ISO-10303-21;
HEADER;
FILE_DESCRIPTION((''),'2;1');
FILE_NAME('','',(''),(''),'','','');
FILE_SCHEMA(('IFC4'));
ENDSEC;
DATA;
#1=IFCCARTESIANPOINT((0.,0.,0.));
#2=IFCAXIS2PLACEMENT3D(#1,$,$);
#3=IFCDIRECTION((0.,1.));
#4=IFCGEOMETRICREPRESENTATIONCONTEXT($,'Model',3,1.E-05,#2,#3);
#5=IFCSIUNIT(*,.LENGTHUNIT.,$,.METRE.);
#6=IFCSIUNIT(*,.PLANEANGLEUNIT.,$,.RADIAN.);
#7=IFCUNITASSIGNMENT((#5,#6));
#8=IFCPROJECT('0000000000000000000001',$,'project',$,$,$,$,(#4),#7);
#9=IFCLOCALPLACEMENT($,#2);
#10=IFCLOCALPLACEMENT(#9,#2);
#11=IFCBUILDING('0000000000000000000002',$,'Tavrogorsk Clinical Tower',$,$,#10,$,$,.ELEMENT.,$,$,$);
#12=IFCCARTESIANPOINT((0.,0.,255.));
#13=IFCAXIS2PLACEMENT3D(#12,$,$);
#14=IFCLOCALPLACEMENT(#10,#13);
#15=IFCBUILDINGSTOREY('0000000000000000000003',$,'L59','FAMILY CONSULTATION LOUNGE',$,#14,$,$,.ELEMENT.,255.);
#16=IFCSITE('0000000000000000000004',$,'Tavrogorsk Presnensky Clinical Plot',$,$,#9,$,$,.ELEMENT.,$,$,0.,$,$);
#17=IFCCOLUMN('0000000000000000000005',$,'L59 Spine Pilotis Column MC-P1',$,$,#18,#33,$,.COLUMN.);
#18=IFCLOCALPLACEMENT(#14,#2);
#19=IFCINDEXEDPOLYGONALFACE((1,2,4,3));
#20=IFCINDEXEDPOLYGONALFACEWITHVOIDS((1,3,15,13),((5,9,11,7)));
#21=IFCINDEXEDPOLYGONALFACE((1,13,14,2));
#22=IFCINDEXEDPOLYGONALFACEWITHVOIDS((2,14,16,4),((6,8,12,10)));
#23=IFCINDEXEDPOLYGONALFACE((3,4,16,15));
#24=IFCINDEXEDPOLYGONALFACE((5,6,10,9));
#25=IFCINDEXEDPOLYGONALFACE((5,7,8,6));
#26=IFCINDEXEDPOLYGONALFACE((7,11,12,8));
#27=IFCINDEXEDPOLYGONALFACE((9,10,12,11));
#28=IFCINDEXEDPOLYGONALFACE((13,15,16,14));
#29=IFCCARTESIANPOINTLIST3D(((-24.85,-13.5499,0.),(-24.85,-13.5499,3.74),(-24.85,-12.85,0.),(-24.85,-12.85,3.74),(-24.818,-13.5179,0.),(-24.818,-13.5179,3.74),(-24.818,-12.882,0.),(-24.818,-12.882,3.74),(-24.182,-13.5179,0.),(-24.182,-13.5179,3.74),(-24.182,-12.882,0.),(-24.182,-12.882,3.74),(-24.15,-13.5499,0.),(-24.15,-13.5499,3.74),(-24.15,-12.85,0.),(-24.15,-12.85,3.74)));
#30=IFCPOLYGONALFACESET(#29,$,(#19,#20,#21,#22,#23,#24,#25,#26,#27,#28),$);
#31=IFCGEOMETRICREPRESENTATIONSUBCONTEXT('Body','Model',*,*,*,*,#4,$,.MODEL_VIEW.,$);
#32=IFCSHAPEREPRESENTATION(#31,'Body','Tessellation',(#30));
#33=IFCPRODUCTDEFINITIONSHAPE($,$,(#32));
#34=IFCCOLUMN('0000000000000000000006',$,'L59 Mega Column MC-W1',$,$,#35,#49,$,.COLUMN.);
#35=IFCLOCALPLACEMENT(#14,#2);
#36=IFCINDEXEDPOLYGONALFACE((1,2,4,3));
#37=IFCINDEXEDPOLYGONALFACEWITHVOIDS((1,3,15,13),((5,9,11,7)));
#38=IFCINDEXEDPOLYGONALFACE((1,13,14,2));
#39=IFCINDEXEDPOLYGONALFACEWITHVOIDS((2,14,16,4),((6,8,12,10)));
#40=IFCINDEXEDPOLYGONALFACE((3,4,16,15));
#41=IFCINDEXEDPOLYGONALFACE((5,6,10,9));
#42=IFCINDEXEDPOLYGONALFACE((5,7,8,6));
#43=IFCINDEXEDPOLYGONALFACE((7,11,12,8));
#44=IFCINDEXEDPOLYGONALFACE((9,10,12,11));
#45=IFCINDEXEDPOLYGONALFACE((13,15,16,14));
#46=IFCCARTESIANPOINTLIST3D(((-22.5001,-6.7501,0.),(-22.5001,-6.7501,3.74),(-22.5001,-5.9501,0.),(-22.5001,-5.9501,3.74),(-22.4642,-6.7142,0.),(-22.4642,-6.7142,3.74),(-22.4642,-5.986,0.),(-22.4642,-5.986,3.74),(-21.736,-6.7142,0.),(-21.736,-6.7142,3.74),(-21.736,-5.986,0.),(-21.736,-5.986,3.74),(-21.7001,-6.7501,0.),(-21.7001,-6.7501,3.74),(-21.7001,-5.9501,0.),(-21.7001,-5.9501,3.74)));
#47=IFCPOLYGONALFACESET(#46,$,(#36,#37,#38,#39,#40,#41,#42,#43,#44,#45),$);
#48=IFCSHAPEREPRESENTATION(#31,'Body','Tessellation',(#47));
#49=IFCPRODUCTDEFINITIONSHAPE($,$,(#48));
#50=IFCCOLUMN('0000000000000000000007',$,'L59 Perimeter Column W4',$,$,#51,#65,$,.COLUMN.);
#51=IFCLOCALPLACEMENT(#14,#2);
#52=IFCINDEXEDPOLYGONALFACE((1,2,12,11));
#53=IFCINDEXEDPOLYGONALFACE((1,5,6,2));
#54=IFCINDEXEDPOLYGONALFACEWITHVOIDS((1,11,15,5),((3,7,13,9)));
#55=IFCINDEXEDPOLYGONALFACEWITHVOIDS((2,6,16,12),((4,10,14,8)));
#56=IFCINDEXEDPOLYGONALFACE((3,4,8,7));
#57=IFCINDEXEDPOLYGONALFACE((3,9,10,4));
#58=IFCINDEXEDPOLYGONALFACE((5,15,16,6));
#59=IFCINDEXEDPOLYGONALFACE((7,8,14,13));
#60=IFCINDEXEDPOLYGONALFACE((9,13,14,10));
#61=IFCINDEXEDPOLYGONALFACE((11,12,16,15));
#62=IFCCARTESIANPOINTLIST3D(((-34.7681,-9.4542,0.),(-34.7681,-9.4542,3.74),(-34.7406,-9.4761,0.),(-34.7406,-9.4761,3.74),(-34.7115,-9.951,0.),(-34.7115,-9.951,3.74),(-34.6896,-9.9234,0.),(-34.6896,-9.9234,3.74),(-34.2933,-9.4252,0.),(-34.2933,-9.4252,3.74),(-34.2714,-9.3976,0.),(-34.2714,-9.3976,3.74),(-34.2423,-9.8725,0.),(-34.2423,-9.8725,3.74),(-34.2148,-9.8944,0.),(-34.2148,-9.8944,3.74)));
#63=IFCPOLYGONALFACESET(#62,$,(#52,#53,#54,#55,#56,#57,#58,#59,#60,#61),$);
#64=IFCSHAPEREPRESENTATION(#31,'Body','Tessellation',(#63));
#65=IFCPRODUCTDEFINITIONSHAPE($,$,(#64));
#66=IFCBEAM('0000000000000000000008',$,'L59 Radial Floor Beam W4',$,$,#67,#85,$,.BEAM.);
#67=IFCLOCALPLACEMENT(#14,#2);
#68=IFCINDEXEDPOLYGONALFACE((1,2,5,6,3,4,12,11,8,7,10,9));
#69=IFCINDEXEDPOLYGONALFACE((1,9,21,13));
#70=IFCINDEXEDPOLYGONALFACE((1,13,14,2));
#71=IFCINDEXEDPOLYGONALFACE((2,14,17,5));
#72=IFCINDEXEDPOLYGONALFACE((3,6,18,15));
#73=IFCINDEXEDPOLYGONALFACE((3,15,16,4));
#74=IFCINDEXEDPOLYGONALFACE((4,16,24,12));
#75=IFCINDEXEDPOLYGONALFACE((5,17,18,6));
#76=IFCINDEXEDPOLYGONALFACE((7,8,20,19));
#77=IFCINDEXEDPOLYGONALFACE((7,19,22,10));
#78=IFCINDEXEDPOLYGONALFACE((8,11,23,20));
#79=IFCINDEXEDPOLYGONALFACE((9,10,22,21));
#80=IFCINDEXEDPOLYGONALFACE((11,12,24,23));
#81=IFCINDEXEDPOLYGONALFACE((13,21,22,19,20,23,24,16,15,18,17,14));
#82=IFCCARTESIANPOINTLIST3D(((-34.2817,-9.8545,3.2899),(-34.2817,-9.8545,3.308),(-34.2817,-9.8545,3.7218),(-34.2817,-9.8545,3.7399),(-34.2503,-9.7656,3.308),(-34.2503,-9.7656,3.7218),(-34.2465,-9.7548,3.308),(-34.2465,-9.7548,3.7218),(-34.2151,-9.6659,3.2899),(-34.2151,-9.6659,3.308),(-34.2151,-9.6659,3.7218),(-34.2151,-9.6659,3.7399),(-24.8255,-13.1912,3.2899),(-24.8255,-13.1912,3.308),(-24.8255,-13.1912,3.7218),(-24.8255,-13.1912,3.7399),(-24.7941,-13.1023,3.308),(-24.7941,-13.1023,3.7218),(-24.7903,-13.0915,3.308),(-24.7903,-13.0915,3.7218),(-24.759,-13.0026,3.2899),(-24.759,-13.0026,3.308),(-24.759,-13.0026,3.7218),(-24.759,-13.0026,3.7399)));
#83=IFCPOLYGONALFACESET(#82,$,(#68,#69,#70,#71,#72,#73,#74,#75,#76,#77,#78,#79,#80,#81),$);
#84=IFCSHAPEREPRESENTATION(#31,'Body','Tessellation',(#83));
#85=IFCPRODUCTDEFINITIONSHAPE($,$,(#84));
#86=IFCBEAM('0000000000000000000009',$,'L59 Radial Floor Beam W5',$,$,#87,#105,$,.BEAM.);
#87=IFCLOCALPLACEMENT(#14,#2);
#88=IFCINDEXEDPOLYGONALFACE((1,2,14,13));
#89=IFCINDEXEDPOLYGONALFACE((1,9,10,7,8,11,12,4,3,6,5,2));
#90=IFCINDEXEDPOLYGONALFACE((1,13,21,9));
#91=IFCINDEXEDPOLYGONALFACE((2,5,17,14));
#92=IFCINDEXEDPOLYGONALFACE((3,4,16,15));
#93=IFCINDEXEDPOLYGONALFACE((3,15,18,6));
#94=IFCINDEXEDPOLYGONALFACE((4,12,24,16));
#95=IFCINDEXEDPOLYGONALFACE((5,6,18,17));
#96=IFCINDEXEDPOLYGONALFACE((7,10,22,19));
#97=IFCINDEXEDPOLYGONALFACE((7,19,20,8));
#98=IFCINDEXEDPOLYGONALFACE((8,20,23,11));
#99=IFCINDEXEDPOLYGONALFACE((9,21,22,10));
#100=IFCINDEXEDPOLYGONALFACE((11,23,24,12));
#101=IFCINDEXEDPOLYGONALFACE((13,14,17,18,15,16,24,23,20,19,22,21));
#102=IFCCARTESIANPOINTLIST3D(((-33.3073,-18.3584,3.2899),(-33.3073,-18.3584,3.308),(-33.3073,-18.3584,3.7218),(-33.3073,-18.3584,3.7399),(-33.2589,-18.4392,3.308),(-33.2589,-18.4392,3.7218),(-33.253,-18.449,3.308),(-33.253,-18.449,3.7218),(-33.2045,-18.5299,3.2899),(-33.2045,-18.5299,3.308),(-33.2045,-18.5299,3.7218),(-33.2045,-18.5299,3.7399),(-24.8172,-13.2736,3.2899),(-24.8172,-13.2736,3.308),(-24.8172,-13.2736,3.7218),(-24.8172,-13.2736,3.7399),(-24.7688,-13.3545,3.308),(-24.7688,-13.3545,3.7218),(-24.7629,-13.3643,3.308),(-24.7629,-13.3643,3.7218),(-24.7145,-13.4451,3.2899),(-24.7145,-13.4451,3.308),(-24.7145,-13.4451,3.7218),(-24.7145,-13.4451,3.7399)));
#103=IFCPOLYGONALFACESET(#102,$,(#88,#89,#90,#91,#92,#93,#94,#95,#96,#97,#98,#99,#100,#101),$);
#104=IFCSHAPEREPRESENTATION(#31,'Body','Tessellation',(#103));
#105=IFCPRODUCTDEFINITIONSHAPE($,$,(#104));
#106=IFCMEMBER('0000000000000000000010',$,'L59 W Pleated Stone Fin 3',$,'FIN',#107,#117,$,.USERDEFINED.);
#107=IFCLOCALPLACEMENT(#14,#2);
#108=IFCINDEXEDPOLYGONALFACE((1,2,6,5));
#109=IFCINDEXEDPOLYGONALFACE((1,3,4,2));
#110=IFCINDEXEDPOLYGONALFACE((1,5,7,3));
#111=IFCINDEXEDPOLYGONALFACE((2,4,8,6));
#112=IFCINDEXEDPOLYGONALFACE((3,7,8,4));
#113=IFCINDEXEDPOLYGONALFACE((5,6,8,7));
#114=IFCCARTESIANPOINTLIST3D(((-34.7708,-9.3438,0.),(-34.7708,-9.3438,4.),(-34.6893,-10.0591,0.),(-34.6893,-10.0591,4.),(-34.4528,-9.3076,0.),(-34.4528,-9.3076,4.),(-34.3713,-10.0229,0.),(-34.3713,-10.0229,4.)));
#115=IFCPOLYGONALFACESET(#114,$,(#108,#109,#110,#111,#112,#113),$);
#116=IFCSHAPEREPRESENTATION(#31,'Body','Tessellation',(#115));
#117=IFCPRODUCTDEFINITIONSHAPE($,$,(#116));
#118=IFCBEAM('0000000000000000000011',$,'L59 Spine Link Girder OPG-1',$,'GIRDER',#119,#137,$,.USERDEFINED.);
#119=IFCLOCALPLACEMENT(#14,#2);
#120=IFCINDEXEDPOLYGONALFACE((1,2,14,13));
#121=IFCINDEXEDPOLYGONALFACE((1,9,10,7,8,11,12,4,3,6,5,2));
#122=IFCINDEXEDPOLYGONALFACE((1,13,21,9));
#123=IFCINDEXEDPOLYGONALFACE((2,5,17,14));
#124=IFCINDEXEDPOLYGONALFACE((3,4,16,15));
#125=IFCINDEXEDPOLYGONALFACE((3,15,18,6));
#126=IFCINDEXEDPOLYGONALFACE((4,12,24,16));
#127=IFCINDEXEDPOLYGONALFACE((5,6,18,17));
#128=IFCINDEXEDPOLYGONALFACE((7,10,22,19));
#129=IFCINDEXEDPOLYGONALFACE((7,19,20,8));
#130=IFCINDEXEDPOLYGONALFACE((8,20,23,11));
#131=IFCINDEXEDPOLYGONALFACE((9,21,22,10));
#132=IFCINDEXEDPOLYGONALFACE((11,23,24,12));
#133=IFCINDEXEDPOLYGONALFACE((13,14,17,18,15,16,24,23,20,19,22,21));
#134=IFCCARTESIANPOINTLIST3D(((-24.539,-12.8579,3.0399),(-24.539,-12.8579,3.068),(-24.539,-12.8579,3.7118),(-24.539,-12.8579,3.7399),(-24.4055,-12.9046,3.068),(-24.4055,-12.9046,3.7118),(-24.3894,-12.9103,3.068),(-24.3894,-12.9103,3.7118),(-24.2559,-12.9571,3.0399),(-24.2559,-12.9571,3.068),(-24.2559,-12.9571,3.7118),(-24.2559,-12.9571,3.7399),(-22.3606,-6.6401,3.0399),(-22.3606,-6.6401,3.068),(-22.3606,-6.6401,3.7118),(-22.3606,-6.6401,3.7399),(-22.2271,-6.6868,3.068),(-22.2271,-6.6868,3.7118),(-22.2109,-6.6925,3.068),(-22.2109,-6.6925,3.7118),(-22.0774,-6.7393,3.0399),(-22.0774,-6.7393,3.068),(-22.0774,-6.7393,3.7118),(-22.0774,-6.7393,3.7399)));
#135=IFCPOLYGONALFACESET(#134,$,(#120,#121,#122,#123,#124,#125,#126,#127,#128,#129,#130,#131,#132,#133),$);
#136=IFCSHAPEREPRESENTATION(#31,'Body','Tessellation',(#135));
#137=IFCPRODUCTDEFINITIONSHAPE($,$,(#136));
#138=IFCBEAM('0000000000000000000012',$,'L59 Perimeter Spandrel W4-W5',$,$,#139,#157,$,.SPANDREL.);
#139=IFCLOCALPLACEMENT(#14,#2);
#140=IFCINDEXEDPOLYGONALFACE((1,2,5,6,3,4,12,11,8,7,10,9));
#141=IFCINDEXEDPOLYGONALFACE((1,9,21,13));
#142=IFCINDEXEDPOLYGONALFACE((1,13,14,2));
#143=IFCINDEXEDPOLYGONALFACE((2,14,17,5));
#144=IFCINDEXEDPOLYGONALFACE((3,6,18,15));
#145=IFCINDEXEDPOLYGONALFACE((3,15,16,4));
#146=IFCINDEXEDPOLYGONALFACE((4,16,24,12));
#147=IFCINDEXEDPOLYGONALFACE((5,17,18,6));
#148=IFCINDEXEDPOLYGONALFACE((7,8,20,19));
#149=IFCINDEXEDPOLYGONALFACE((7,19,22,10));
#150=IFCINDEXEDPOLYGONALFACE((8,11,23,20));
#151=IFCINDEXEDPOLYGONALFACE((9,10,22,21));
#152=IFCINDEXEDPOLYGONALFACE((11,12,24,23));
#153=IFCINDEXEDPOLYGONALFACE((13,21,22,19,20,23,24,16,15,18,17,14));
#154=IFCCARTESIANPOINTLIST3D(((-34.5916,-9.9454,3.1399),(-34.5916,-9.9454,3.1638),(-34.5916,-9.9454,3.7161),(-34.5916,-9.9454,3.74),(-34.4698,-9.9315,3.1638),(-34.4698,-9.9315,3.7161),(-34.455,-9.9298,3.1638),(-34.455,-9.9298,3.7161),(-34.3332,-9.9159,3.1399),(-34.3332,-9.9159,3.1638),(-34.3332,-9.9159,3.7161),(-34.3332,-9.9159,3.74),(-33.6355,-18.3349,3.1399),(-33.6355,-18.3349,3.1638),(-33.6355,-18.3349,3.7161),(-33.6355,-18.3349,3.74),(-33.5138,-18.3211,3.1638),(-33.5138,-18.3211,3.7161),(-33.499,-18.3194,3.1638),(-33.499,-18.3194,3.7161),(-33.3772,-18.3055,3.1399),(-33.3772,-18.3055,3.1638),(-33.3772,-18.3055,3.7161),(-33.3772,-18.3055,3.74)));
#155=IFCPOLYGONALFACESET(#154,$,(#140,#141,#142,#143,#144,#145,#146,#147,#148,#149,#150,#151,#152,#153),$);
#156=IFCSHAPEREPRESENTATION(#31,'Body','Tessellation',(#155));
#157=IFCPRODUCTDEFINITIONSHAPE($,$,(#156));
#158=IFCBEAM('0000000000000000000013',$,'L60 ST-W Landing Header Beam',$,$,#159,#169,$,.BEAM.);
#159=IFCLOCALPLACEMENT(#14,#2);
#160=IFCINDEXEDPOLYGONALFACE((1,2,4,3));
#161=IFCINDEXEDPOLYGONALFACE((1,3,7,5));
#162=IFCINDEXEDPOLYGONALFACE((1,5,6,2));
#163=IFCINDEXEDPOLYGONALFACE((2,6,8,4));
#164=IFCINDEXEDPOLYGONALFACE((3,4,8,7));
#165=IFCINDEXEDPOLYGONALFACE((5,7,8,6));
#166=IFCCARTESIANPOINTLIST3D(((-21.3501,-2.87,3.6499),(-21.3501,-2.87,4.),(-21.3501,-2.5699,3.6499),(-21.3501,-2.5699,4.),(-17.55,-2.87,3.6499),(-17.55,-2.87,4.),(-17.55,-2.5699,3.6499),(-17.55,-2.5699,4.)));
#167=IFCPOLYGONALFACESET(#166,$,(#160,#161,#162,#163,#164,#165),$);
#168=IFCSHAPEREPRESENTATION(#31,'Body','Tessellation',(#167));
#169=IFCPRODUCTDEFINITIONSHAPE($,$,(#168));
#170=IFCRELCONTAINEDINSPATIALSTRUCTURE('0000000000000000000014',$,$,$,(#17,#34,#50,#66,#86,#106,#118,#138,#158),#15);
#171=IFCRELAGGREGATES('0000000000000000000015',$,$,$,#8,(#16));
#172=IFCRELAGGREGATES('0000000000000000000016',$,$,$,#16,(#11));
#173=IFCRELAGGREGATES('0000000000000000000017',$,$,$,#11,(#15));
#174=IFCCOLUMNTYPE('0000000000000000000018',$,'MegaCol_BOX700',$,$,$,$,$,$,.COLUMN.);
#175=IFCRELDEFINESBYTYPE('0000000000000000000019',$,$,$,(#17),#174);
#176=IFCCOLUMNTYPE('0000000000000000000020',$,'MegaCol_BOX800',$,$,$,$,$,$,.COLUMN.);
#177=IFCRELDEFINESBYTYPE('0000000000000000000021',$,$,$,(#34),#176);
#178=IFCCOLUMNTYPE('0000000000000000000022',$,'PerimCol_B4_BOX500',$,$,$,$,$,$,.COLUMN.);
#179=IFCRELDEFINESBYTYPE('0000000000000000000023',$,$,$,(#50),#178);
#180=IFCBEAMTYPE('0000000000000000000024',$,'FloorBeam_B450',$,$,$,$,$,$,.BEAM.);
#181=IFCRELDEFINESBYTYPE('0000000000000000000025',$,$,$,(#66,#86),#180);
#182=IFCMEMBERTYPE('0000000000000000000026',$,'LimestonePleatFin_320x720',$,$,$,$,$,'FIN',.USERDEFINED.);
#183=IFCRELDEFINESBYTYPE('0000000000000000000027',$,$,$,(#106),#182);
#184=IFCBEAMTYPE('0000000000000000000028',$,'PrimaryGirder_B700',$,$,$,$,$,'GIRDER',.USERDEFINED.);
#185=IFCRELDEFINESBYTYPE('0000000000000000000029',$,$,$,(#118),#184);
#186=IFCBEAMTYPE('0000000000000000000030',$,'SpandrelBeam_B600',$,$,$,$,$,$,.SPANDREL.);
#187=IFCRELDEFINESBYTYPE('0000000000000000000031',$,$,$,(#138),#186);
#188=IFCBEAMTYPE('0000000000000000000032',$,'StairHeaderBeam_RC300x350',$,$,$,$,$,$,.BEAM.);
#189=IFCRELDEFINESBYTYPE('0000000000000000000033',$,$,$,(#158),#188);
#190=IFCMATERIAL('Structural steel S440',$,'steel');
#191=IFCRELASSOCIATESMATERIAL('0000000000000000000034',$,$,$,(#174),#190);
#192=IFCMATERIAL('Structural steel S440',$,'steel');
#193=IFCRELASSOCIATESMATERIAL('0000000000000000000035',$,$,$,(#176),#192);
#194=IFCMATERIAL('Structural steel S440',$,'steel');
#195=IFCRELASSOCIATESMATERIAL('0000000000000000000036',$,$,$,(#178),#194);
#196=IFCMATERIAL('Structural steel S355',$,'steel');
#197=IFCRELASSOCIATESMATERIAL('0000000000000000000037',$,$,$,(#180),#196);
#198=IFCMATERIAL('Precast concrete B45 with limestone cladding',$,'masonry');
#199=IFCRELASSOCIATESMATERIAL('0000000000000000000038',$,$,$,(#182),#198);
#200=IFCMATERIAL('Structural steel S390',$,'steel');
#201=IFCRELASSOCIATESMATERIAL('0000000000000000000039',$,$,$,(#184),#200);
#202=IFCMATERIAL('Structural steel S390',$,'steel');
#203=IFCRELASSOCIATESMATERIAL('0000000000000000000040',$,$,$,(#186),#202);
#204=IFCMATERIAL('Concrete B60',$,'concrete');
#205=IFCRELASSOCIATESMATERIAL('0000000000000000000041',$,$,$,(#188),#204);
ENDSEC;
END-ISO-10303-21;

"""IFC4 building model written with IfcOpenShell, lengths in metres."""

from ifc_helpers import new_model, si_unit, direction, frame, origin, origin_2d, place, context, subcontext, project, spatial, rectangle, hollow_rectangle, i_section, extrude, material, material_profile, profile_set, type_object, element, save


model = new_model("IFC4")

# Units and contexts
model_context = context("Model", 3, precision=1e-05, world=origin(), true_north=direction((0.0, 1.0)))
body_context = subcontext(model_context, "Body", "Model", "MODEL_VIEW")
ifc_project = project(units=[si_unit("LENGTHUNIT", "METRE"), si_unit("PLANEANGLEUNIT", "RADIAN")], contexts=[model_context])

# Site, building, storey
site_placement = place(None, origin())
site = spatial("IfcSite", under=ifc_project, at=site_placement, Name="Tavrogorsk Presnensky Clinical Plot", CompositionType="ELEMENT", RefElevation=0.0)
building_placement = place(site_placement, origin())
building = spatial("IfcBuilding", under=site, at=building_placement, Name="Tavrogorsk Clinical Tower", CompositionType="ELEMENT")
storey_placement = place(building_placement, frame((0.0, 0.0, 255.0)))
storey = spatial("IfcBuildingStorey", under=building, at=storey_placement, Name="L59", Description="FAMILY CONSULTATION LOUNGE", CompositionType="ELEMENT", Elevation=255.0)

# Columns
ifc_material_1 = material(Name="Structural steel S440", Category="steel")
ifc_material_profile_1 = material_profile(ifc_material_1, hollow_rectangle(XDim=0.7, YDim=0.7, WallThickness=0.032, at=origin_2d()), Name="BOX-700x700x32")
ifc_profile_set_1 = profile_set([ifc_material_profile_1], Name="Structural steel S440")
column_type_1 = type_object("IfcColumnType", Name="MegaCol_BOX700", PredefinedType="COLUMN", material=ifc_profile_set_1)
column_1_placement = place(storey_placement, frame((-24.5, -13.2, 0.0), z_axis=(0.0, 0.0, 1.0), x_axis=(1.0, 0.0, 0.0)))
element("IfcColumn", 1, at=column_1_placement, inside=storey, type_object=column_type_1, Name="L59 Spine Pilotis Column MC-P1", PredefinedType="COLUMN", context=body_context, shape_type="SweptSolid", body=[
    extrude(hollow_rectangle(XDim=0.7, YDim=0.7, WallThickness=0.032, at=origin_2d()), origin(), (0.0, 0.0, 1.0), 3.74),
])
ifc_material_2 = material(Name="Structural steel S440", Category="steel")
ifc_material_profile_2 = material_profile(ifc_material_2, hollow_rectangle(XDim=0.8, YDim=0.8, WallThickness=0.0359, at=origin_2d()), Name="BOX-800x800x36")
ifc_profile_set_2 = profile_set([ifc_material_profile_2], Name="Structural steel S440")
column_type_2 = type_object("IfcColumnType", Name="MegaCol_BOX800", PredefinedType="COLUMN", material=ifc_profile_set_2)
column_2_placement = place(storey_placement, frame((-22.1001, -6.3501, 0.0), z_axis=(0.0, 0.0, 1.0), x_axis=(1.0, 0.0, 0.0)))
element("IfcColumn", 2, at=column_2_placement, inside=storey, type_object=column_type_2, Name="L59 Mega Column MC-W1", PredefinedType="COLUMN", context=body_context, shape_type="SweptSolid", body=[
    extrude(hollow_rectangle(XDim=0.8, YDim=0.8, WallThickness=0.0359, at=origin_2d()), origin(), (0.0, 0.0, 1.0), 3.74),
])
ifc_material_3 = material(Name="Structural steel S440", Category="steel")
ifc_material_profile_3 = material_profile(ifc_material_3, hollow_rectangle(XDim=0.5, YDim=0.5, WallThickness=0.0249, at=origin_2d()), Name="BOX-500x500x25")
ifc_profile_set_3 = profile_set([ifc_material_profile_3], Name="Structural steel S440")
column_type_3 = type_object("IfcColumnType", Name="PerimCol_B4_BOX500", PredefinedType="COLUMN", material=ifc_profile_set_3)
column_3_placement = place(storey_placement, frame((-34.4915, -9.6743, 0.0), z_axis=(0.0, 0.0, 1.0), x_axis=(0.993572, 0.113203, 0.0)))
element("IfcColumn", 3, at=column_3_placement, inside=storey, type_object=column_type_3, Name="L59 Perimeter Column W4", PredefinedType="COLUMN", context=body_context, shape_type="SweptSolid", body=[
    extrude(hollow_rectangle(XDim=0.5, YDim=0.5, WallThickness=0.0249, at=origin_2d()), origin(), (0.0, 0.0, 1.0), 3.74),
])

# Beams
ifc_material_4 = material(Name="Structural steel S355", Category="steel")
ifc_material_profile_4 = material_profile(ifc_material_4, i_section(OverallWidth=0.2, OverallDepth=0.45, WebThickness=0.0115, FlangeThickness=0.0181, at=origin_2d()), Name="B-450x200x11.5x18")
ifc_profile_set_4 = profile_set([ifc_material_profile_4], Name="Structural steel S355")
beam_type_1 = type_object("IfcBeamType", Name="FloorBeam_B450", PredefinedType="BEAM", material=ifc_profile_set_4)
beam_1_placement = place(storey_placement, frame((-24.7922, -13.0969, 3.5149), z_axis=(-0.943014, 0.332753, 0.0), x_axis=(-0.332753, -0.943014, 0.0)))
element("IfcBeam", 4, at=beam_1_placement, inside=storey, type_object=beam_type_1, Name="L59 Radial Floor Beam W4", PredefinedType="BEAM", context=body_context, shape_type="SweptSolid", body=[
    extrude(i_section(OverallWidth=0.2, OverallDepth=0.45, WebThickness=0.0115, FlangeThickness=0.0181, at=origin_2d()), origin(), (0.0, 0.0, 1.0), 10.0276),
])
beam_2_placement = place(storey_placement, frame((-24.7659, -13.3594, 3.5149), z_axis=(-0.857906, -0.513806, 0.0), x_axis=(0.513806, -0.857906, 0.0)))
element("IfcBeam", 5, at=beam_2_placement, inside=storey, type_object=beam_type_1, Name="L59 Radial Floor Beam W5", PredefinedType="BEAM", context=body_context, shape_type="SweptSolid", body=[
    extrude(i_section(OverallWidth=0.2, OverallDepth=0.45, WebThickness=0.0115, FlangeThickness=0.0181, at=origin_2d()), origin(), (0.0, 0.0, 1.0), 9.8962),
])

# Member
ifc_material_5 = material(Name="Precast concrete B45 with limestone cladding", Category="masonry")
ifc_material_profile_5 = material_profile(ifc_material_5, rectangle(XDim=0.3201, YDim=0.72, at=origin_2d()), Name="LIMESTONE-FIN-320x720")
ifc_profile_set_5 = profile_set([ifc_material_profile_5], Name="Precast concrete B45 with limestone cladding")
member_type = type_object("IfcMemberType", Name="LimestonePleatFin_320x720", ElementType="FIN", PredefinedType="USERDEFINED", material=ifc_profile_set_5)
member_placement = place(storey_placement, frame((-34.571, -9.6833, 0.0), z_axis=(0.0, 0.0, 1.0), x_axis=(0.993572, 0.113203, 0.0)))
element("IfcMember", 6, at=member_placement, inside=storey, type_object=member_type, Name="L59 W Pleated Stone Fin 3", ObjectType="FIN", PredefinedType="USERDEFINED", context=body_context, shape_type="SweptSolid", body=[
    extrude(rectangle(XDim=0.3201, YDim=0.72, at=origin_2d()), origin(), (0.0, 0.0, 1.0), 4.0),
])

# Beams
ifc_material_6 = material(Name="Structural steel S390", Category="steel")
ifc_material_profile_6 = material_profile(ifc_material_6, i_section(OverallWidth=0.3, OverallDepth=0.7, WebThickness=0.0171, FlangeThickness=0.0281, at=origin_2d()), Name="B-700x300x17x28")
ifc_profile_set_6 = profile_set([ifc_material_profile_6], Name="Structural steel S390")
beam_type_2 = type_object("IfcBeamType", Name="PrimaryGirder_B700", ElementType="GIRDER", PredefinedType="USERDEFINED", material=ifc_profile_set_6)
beam_3_placement = place(storey_placement, frame((-24.3975, -12.9075, 3.3899), z_axis=(0.330654, 0.943752, 0.0), x_axis=(-0.943752, 0.330654, 0.0)))
element("IfcBeam", 7, at=beam_3_placement, inside=storey, type_object=beam_type_2, Name="L59 Spine Link Girder OPG-1", ObjectType="GIRDER", PredefinedType="USERDEFINED", context=body_context, shape_type="SweptSolid", body=[
    extrude(i_section(OverallWidth=0.3, OverallDepth=0.7, WebThickness=0.0171, FlangeThickness=0.0281, at=origin_2d()), origin(), (0.0, 0.0, 1.0), 6.5884),
])
ifc_material_7 = material(Name="Structural steel S390", Category="steel")
ifc_material_profile_7 = material_profile(ifc_material_7, i_section(OverallWidth=0.26, OverallDepth=0.6001, WebThickness=0.0149, FlangeThickness=0.0239, at=origin_2d()), Name="B-600x260x15x24")
ifc_profile_set_7 = profile_set([ifc_material_profile_7], Name="Structural steel S390")
beam_type_3 = type_object("IfcBeamType", Name="SpandrelBeam_B600", PredefinedType="SPANDREL", material=ifc_profile_set_7)
beam_4_placement = place(storey_placement, frame((-34.4624, -9.9307, 3.4399), z_axis=(0.113224, -0.99357, 0.0), x_axis=(0.99357, 0.113224, 0.0)))
element("IfcBeam", 8, at=beam_4_placement, inside=storey, type_object=beam_type_3, Name="L59 Perimeter Spandrel W4-W5", PredefinedType="SPANDREL", context=body_context, shape_type="SweptSolid", body=[
    extrude(i_section(OverallWidth=0.26, OverallDepth=0.6001, WebThickness=0.0149, FlangeThickness=0.0239, at=origin_2d()), origin(), (0.0, 0.0, 1.0), 8.4438),
])
ifc_material_8 = material(Name="Concrete B60", Category="concrete")
ifc_material_profile_8 = material_profile(ifc_material_8, rectangle(XDim=0.3, YDim=0.3501, at=origin_2d()), Name="RC-SHB-300x350")
ifc_profile_set_8 = profile_set([ifc_material_profile_8], Name="Concrete B60")
beam_type_4 = type_object("IfcBeamType", Name="StairHeaderBeam_RC300x350", PredefinedType="BEAM", material=ifc_profile_set_8)
beam_5_placement = place(storey_placement, frame((-21.3501, -2.72, 3.825), z_axis=(1.0, 0.0, 0.0), x_axis=(0.0, 1.0, 0.0)))
element("IfcBeam", 9, at=beam_5_placement, inside=storey, type_object=beam_type_4, Name="L60 ST-W Landing Header Beam", PredefinedType="BEAM", context=body_context, shape_type="SweptSolid", body=[
    extrude(rectangle(XDim=0.3, YDim=0.3501, at=origin_2d()), origin(), (0.0, 0.0, 1.0), 3.8),
])

save(model, "model.ifc")
